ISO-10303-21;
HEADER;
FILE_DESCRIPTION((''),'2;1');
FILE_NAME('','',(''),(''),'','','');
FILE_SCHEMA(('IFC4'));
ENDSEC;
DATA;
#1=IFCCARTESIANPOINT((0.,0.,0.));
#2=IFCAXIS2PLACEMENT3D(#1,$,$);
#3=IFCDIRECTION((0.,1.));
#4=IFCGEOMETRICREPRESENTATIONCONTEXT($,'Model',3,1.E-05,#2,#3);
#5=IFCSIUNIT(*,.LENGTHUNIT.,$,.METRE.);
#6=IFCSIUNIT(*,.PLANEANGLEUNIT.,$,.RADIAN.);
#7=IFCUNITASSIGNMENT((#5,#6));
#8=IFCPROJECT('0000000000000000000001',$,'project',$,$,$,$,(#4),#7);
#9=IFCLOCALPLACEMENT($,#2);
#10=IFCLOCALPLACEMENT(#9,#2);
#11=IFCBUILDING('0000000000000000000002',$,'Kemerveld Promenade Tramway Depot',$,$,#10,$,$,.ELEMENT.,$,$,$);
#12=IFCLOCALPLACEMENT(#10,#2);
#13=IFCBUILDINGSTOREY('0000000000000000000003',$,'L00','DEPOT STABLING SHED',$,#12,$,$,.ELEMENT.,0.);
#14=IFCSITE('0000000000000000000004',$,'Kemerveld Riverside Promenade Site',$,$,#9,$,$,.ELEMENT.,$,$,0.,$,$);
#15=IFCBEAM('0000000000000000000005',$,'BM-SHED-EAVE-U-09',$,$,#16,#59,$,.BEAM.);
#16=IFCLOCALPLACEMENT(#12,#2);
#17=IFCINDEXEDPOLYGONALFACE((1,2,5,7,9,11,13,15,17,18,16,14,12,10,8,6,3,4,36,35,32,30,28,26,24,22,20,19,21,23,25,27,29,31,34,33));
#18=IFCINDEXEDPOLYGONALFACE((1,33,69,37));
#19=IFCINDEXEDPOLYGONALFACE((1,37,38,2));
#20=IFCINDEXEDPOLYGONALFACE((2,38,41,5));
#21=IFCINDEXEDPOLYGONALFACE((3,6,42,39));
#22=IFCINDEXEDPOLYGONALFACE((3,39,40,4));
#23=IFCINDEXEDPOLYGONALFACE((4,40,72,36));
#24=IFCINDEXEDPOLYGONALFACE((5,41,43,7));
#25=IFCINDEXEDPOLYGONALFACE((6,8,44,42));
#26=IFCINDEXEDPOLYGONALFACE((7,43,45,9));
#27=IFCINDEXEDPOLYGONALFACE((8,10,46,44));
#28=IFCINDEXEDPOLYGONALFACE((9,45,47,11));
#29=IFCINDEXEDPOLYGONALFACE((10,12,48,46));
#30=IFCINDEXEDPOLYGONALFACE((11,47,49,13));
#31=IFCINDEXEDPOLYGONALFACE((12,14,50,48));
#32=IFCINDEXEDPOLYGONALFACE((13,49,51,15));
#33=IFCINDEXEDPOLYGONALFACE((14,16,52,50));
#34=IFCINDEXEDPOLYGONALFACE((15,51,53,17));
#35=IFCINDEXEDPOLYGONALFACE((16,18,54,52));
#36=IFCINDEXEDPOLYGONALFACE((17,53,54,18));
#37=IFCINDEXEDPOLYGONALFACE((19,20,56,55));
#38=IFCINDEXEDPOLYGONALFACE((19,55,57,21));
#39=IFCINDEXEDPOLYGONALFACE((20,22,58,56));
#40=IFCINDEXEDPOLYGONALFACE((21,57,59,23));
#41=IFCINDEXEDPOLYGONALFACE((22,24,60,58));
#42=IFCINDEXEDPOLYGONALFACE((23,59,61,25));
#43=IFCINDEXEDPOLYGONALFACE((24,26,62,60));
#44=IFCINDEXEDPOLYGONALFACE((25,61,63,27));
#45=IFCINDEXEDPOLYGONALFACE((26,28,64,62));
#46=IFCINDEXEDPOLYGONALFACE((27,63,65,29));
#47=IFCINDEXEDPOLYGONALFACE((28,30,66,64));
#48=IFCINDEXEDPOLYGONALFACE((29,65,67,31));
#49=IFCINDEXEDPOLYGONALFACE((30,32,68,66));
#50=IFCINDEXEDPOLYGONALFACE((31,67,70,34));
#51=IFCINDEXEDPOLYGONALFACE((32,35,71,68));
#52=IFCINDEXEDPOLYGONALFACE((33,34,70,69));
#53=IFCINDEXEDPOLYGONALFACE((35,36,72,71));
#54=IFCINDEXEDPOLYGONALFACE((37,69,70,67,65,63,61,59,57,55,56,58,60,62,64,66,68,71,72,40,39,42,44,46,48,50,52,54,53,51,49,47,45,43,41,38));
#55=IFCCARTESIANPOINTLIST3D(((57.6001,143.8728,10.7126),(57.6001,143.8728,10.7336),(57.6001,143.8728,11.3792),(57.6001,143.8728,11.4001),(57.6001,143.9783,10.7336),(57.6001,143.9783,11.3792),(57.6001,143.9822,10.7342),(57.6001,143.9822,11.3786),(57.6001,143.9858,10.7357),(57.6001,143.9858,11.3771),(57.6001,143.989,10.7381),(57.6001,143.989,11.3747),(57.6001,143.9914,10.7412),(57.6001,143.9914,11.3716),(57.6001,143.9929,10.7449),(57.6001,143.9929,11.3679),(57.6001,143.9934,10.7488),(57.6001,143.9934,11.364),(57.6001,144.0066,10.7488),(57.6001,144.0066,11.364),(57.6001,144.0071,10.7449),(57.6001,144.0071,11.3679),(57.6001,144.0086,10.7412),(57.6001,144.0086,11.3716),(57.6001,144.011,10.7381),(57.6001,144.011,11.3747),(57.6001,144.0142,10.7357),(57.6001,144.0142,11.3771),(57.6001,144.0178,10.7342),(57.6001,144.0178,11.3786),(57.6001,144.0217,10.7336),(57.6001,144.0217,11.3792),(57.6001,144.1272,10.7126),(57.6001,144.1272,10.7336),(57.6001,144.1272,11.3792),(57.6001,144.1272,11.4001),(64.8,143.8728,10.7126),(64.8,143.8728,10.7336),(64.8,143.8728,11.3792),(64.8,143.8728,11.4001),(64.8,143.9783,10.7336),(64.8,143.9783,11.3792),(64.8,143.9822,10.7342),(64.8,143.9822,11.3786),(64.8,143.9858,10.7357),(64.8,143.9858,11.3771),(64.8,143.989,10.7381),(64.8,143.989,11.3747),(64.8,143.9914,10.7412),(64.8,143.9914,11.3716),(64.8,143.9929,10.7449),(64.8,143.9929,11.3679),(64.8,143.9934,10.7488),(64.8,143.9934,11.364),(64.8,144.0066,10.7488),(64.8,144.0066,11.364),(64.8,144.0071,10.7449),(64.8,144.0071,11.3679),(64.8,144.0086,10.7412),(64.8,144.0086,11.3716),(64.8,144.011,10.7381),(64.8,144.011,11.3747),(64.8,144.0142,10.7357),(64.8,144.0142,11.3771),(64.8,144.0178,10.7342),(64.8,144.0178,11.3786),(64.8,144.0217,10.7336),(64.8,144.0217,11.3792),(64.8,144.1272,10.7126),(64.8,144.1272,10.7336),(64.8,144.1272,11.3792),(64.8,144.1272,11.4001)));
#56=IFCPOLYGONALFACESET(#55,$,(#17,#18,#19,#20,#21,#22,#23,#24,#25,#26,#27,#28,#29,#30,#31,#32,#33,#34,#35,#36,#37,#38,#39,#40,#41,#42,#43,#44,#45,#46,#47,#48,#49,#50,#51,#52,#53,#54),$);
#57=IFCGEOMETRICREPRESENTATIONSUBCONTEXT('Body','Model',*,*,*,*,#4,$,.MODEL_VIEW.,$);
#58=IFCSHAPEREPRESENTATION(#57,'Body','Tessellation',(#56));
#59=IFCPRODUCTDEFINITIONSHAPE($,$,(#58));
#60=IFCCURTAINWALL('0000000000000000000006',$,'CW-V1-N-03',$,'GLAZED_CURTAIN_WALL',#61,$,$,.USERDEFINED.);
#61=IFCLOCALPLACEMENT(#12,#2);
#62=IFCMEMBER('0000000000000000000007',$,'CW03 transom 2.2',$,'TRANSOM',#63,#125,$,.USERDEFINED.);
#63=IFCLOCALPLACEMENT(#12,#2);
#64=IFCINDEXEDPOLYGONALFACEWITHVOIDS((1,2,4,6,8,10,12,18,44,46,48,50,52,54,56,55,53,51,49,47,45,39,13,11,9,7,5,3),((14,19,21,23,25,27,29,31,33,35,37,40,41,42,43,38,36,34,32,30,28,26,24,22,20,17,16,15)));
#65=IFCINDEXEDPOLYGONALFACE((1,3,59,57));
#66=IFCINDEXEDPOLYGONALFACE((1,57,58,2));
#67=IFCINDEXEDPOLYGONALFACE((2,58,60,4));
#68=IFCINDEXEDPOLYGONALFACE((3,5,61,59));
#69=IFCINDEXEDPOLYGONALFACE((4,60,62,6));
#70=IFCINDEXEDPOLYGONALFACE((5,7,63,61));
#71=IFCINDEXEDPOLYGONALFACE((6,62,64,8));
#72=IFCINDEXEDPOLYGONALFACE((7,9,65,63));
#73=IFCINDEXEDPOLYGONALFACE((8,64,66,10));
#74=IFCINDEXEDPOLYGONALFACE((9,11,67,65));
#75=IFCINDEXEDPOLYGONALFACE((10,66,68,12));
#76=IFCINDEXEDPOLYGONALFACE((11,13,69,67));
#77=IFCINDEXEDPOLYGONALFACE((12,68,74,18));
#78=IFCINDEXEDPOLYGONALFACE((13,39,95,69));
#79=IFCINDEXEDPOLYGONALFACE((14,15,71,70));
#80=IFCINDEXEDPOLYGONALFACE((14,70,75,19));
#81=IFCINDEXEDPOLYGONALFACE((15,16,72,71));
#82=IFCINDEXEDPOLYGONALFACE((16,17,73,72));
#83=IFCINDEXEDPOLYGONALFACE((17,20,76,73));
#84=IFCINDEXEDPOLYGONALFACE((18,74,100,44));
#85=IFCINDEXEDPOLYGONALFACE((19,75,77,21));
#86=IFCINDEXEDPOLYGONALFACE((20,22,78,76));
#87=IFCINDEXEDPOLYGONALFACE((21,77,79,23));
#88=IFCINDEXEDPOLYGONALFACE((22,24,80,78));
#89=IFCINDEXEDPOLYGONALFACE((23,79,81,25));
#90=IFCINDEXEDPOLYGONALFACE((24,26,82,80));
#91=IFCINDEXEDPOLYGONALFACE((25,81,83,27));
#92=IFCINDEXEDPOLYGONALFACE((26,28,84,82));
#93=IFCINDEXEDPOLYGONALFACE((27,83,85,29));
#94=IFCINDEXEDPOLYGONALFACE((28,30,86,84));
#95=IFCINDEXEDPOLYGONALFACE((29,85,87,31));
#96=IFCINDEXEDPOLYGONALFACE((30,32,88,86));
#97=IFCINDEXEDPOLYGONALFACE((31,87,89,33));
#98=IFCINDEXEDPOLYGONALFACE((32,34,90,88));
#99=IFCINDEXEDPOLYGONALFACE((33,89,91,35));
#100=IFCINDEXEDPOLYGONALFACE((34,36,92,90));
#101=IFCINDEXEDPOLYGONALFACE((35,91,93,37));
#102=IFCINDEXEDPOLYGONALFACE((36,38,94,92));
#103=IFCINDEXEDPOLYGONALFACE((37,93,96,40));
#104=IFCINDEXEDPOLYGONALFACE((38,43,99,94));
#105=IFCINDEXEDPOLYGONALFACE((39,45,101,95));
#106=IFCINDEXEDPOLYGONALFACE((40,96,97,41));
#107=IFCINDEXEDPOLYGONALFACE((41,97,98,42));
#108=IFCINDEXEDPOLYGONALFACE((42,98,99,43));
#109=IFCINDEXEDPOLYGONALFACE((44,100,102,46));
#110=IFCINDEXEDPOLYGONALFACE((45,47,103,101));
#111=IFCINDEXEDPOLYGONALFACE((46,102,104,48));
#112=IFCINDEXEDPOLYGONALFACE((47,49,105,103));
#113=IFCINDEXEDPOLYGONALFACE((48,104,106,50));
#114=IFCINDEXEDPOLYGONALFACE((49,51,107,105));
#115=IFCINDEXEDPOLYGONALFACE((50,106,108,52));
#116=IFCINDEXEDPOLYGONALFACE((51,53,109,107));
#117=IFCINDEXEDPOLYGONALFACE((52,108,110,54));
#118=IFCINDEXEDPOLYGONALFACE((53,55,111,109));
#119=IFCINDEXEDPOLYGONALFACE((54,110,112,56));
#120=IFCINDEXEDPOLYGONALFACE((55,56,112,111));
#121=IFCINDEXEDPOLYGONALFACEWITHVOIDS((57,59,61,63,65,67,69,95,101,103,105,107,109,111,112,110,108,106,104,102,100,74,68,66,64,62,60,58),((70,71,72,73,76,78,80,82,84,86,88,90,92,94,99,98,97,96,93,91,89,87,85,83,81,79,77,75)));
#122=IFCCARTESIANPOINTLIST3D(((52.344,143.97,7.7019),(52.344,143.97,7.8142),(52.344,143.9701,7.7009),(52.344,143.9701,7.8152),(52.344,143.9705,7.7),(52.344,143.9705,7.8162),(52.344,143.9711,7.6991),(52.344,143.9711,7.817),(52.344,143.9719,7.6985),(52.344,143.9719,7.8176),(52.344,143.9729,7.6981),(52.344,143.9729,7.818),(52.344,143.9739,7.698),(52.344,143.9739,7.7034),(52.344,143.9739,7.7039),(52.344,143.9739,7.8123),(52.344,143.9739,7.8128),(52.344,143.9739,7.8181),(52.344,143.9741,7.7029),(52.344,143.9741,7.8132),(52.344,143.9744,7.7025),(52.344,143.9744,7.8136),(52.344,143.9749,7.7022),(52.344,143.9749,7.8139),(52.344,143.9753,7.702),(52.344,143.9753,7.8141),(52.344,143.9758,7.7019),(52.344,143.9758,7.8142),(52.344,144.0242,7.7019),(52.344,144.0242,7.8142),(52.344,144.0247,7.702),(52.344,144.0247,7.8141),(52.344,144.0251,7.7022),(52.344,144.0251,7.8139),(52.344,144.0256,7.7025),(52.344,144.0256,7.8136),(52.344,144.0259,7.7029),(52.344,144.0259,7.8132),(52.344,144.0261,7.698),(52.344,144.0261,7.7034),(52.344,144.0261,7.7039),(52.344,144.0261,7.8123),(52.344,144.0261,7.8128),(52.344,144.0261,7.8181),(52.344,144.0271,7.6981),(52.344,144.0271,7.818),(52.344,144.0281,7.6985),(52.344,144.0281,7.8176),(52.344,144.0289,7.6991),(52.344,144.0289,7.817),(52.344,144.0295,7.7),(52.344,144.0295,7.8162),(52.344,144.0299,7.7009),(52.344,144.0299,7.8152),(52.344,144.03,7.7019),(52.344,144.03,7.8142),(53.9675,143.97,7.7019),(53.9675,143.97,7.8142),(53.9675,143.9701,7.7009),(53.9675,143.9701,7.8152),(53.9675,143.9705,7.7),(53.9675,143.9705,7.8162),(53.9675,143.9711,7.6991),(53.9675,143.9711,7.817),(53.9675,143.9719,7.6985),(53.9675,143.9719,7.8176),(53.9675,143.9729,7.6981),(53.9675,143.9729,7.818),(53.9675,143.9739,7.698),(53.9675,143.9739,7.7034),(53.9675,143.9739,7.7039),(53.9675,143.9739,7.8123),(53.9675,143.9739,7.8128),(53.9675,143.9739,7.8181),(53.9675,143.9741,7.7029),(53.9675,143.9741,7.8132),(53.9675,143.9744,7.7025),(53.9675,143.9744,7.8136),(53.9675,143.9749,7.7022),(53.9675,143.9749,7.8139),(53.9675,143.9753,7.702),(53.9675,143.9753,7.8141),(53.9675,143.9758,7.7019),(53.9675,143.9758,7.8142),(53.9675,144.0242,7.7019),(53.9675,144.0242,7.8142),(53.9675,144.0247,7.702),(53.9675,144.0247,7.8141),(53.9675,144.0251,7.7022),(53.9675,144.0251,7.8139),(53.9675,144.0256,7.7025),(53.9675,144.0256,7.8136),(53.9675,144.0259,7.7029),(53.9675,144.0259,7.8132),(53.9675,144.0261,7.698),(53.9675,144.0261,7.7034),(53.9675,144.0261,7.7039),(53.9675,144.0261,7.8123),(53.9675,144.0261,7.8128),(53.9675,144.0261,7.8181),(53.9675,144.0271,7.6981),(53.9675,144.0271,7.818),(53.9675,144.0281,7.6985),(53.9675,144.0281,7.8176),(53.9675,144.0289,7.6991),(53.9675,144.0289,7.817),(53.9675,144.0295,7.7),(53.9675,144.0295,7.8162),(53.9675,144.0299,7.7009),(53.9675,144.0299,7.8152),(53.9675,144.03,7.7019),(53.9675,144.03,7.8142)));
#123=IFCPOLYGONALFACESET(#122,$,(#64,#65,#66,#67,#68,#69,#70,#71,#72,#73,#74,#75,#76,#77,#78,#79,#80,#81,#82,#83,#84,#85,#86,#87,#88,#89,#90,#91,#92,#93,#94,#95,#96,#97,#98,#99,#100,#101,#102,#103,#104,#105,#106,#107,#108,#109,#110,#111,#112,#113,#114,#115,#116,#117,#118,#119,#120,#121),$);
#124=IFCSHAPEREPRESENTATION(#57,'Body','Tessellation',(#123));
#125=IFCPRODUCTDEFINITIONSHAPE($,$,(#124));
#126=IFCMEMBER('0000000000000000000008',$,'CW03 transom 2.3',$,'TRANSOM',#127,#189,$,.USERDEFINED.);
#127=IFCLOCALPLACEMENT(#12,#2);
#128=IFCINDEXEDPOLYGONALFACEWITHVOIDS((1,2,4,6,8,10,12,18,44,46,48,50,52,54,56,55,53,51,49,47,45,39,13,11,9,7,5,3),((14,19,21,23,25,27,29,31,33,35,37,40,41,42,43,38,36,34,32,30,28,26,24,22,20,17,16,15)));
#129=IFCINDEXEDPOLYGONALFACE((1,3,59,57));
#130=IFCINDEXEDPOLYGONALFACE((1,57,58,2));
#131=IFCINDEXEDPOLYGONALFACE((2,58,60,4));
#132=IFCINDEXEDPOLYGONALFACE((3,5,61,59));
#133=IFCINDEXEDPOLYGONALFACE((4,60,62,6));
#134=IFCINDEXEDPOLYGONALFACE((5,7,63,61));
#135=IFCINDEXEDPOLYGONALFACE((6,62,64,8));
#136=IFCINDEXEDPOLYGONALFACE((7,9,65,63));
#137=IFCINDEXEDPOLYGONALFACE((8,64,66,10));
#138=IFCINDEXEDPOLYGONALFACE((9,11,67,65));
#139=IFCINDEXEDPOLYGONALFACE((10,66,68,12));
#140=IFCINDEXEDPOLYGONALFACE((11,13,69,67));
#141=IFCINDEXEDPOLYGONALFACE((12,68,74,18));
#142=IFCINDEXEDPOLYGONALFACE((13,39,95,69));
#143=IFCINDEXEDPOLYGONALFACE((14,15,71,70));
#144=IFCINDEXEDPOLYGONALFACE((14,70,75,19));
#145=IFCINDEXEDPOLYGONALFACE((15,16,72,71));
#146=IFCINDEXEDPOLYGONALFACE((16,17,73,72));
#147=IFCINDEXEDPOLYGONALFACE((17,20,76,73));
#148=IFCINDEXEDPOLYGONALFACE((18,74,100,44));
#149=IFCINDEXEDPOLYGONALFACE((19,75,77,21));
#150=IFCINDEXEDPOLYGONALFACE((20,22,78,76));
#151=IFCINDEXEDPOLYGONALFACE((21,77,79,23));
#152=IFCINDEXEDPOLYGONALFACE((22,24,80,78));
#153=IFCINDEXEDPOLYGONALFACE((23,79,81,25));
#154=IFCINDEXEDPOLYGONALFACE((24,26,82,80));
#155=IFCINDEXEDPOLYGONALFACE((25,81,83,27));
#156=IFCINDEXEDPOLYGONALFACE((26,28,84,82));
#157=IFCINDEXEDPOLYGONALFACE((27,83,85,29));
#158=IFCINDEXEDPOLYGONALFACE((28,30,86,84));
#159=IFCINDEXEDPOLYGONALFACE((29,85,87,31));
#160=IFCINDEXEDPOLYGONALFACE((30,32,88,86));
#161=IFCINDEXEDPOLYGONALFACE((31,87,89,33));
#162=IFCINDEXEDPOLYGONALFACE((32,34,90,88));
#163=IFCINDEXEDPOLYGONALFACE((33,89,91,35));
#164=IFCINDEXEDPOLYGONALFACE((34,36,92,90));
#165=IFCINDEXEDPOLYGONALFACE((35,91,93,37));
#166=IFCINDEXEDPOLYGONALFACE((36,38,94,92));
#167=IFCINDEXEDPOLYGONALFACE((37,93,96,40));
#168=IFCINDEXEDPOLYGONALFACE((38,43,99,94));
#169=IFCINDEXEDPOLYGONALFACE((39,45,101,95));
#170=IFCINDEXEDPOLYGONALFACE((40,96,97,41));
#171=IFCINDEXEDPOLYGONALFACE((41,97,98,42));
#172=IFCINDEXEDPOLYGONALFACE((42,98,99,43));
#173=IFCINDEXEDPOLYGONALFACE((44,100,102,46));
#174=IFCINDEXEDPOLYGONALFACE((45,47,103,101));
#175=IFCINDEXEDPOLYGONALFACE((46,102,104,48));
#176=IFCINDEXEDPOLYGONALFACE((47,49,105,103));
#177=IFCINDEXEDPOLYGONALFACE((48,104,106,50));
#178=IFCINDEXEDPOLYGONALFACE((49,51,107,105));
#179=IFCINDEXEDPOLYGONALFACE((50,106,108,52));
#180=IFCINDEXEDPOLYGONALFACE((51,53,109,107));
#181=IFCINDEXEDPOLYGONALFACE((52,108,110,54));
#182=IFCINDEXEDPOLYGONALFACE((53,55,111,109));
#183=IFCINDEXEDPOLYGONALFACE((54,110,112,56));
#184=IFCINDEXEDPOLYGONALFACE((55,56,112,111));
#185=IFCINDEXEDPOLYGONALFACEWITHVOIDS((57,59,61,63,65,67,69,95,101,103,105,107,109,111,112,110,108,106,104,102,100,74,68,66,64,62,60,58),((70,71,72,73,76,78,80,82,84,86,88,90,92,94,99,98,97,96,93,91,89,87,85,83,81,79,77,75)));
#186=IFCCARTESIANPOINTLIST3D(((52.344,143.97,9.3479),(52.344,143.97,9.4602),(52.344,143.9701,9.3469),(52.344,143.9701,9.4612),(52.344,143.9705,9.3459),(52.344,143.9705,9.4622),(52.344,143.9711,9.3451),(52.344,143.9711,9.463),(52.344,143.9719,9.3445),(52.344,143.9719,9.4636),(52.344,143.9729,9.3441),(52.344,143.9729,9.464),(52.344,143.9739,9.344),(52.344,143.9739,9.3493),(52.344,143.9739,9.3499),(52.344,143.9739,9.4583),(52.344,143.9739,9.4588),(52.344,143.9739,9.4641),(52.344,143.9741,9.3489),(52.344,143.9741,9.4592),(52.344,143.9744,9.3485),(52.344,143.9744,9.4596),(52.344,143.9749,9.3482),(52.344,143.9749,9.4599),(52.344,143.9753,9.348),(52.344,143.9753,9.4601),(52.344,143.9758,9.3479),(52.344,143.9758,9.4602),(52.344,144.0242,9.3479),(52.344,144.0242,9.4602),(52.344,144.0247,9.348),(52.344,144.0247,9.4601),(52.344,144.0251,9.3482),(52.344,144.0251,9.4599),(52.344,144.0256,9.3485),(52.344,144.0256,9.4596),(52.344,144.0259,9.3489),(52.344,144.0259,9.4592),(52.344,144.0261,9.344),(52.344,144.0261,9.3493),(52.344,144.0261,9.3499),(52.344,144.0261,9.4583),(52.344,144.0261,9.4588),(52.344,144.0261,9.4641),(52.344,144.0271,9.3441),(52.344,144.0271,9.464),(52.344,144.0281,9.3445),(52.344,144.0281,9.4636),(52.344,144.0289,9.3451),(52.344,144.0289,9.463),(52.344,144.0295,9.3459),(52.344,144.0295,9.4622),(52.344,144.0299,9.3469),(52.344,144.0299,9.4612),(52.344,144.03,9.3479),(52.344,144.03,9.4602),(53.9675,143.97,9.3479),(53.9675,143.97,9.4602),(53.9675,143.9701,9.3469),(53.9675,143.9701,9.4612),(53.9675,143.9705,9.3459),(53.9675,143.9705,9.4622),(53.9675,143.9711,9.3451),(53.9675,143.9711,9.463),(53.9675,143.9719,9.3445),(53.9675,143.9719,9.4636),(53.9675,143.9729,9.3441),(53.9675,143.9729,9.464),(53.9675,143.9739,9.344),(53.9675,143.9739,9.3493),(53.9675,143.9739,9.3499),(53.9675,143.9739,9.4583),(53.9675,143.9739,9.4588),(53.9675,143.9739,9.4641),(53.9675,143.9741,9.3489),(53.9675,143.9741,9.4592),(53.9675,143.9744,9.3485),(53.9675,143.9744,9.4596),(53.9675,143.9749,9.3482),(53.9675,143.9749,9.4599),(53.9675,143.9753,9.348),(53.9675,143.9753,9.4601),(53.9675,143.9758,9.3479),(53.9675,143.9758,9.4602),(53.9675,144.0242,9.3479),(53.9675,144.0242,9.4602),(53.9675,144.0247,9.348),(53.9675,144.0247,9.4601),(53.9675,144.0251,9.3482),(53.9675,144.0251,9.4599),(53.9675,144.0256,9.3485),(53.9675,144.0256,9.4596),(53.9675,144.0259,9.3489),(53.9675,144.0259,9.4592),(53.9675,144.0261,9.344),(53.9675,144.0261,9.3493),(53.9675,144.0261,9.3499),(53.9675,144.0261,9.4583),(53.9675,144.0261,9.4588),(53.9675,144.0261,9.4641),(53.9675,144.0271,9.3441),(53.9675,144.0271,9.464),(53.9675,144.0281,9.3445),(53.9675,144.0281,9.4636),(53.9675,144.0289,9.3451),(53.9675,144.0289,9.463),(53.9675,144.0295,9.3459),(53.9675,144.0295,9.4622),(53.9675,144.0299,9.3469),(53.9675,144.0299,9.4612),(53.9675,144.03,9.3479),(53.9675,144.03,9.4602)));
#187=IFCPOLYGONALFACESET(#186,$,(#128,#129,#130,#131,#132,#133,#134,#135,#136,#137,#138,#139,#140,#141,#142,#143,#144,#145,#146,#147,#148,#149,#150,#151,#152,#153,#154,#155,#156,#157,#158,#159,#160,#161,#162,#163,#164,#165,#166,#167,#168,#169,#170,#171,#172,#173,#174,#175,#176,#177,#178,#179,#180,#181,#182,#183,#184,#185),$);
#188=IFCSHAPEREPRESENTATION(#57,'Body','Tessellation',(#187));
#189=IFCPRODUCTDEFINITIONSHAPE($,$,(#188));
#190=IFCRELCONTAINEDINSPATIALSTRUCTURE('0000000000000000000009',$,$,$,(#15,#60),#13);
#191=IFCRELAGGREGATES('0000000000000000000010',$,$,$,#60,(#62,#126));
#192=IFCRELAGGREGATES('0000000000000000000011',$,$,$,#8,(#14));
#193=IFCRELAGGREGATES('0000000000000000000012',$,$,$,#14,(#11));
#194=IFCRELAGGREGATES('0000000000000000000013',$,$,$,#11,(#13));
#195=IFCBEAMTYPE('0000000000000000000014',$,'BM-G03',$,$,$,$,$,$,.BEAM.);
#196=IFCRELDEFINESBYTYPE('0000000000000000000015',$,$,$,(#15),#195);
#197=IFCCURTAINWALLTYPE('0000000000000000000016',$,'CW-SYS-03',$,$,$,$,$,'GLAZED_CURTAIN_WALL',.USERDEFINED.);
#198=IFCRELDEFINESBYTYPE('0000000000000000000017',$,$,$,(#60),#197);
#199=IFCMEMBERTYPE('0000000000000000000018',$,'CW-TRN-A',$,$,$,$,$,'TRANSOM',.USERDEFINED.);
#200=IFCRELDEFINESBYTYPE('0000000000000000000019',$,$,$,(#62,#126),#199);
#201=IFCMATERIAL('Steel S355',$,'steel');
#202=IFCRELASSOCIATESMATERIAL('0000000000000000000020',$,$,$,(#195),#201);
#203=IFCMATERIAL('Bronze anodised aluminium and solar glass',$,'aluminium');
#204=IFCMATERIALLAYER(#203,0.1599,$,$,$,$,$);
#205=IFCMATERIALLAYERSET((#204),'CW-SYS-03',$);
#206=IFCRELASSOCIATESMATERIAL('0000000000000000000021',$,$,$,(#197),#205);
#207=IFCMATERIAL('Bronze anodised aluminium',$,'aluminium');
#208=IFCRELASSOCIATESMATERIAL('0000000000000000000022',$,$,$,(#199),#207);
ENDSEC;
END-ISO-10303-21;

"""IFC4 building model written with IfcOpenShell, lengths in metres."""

from ifc_helpers import new_model, si_unit, direction, frame, origin, origin_2d, place, context, subcontext, project, spatial, hollow_rectangle, i_section, extrude, material, layer, layer_set, material_profile, profile_set, type_object, element, aggregate, save


model = new_model("IFC4")

# Units and contexts
model_context = context("Model", 3, precision=1e-05, world=origin(), true_north=direction((0.0, 1.0)))
body_context = subcontext(model_context, "Body", "Model", "MODEL_VIEW")
ifc_project = project(units=[si_unit("LENGTHUNIT", "METRE"), si_unit("PLANEANGLEUNIT", "RADIAN")], contexts=[model_context])

# Site, building, storey
site_placement = place(None, origin())
site = spatial("IfcSite", under=ifc_project, at=site_placement, Name="Kemerveld Riverside Promenade Site", CompositionType="ELEMENT", RefElevation=0.0)
building_placement = place(site_placement, origin())
building = spatial("IfcBuilding", under=site, at=building_placement, Name="Kemerveld Promenade Tramway Depot", CompositionType="ELEMENT")
storey_placement = place(building_placement, origin())
storey = spatial("IfcBuildingStorey", under=building, at=storey_placement, Name="L00", Description="DEPOT STABLING SHED", CompositionType="ELEMENT", Elevation=0.0)

# Beam
ifc_material_1 = material(Name="Steel S355", Category="steel")
ifc_material_profile_1 = material_profile(ifc_material_1, i_section(OverallWidth=0.2544, OverallDepth=0.6875, WebThickness=0.0132, FlangeThickness=0.021, FilletRadius=0.0151, at=origin_2d()), Name="686x254x152 UB")
ifc_profile_set_1 = profile_set([ifc_material_profile_1], Name="Steel S355")
beam_type = type_object("IfcBeamType", Name="BM-G03", PredefinedType="BEAM", material=ifc_profile_set_1)
beam_placement = place(storey_placement, frame((57.6001, 144.0, 11.0564), z_axis=(1.0, 0.0, 0.0), x_axis=(0.0, 1.0, 0.0)))
element("IfcBeam", 1, at=beam_placement, inside=storey, type_object=beam_type, Name="BM-SHED-EAVE-U-09", PredefinedType="BEAM", context=body_context, shape_type="SweptSolid", body=[
    extrude(i_section(OverallWidth=0.2544, OverallDepth=0.6875, WebThickness=0.0132, FlangeThickness=0.021, FilletRadius=0.0151, at=origin_2d()), origin(), (0.0, 0.0, 1.0), 7.2),
])

# Curtain wall, members
ifc_material_2 = material(Name="Bronze anodised aluminium and solar glass", Category="aluminium")
ifc_layer_1 = layer(ifc_material_2, 0.1599)
ifc_layer_set_1 = layer_set([ifc_layer_1], Name="CW-SYS-03")
curtain_wall_type_1 = type_object("IfcCurtainWallType", Name="CW-SYS-03", ElementType="GLAZED_CURTAIN_WALL", PredefinedType="USERDEFINED", material=ifc_layer_set_1)
curtain_wall_1_placement = place(storey_placement, origin())
curtain_wall_1 = element("IfcCurtainWall", 2, at=curtain_wall_1_placement, inside=storey, type_object=curtain_wall_type_1, Name="CW-V1-N-03", ObjectType="GLAZED_CURTAIN_WALL", PredefinedType="USERDEFINED")
ifc_material_3 = material(Name="Bronze anodised aluminium", Category="aluminium")
ifc_material_profile_2 = material_profile(ifc_material_3, hollow_rectangle(XDim=0.0601, YDim=0.1201, WallThickness=0.0039, InnerFilletRadius=0.002, OuterFilletRadius=0.0039, at=origin_2d()), Name="CW-TRN-120x60")
ifc_profile_set_2 = profile_set([ifc_material_profile_2], Name="Bronze anodised aluminium")
member_type_1 = type_object("IfcMemberType", Name="CW-TRN-A", ElementType="TRANSOM", PredefinedType="USERDEFINED", material=ifc_profile_set_2)
member_1_placement = place(storey_placement, frame((52.344, 144.0, 7.7581), z_axis=(1.0, 0.0, 0.0), x_axis=(0.0, 1.0, 0.0)))
member_1 = element("IfcMember", 3, at=member_1_placement, type_object=member_type_1, Name="CW03 transom 2.2", ObjectType="TRANSOM", PredefinedType="USERDEFINED", context=body_context, shape_type="SweptSolid", body=[
    extrude(hollow_rectangle(XDim=0.0601, YDim=0.1201, WallThickness=0.0039, InnerFilletRadius=0.002, OuterFilletRadius=0.0039, at=origin_2d()), origin(), (0.0, 0.0, 1.0), 1.6235),
])
member_2_placement = place(storey_placement, frame((52.344, 144.0, 9.4041), z_axis=(1.0, 0.0, 0.0), x_axis=(0.0, 1.0, 0.0)))
member_2 = element("IfcMember", 4, at=member_2_placement, type_object=member_type_1, Name="CW03 transom 2.3", ObjectType="TRANSOM", PredefinedType="USERDEFINED", context=body_context, shape_type="SweptSolid", body=[
    extrude(hollow_rectangle(XDim=0.0601, YDim=0.1201, WallThickness=0.0039, InnerFilletRadius=0.002, OuterFilletRadius=0.0039, at=origin_2d()), origin(), (0.0, 0.0, 1.0), 1.6235),
])

aggregate(curtain_wall_1, [member_1, member_2])

save(model, "model.ifc")
